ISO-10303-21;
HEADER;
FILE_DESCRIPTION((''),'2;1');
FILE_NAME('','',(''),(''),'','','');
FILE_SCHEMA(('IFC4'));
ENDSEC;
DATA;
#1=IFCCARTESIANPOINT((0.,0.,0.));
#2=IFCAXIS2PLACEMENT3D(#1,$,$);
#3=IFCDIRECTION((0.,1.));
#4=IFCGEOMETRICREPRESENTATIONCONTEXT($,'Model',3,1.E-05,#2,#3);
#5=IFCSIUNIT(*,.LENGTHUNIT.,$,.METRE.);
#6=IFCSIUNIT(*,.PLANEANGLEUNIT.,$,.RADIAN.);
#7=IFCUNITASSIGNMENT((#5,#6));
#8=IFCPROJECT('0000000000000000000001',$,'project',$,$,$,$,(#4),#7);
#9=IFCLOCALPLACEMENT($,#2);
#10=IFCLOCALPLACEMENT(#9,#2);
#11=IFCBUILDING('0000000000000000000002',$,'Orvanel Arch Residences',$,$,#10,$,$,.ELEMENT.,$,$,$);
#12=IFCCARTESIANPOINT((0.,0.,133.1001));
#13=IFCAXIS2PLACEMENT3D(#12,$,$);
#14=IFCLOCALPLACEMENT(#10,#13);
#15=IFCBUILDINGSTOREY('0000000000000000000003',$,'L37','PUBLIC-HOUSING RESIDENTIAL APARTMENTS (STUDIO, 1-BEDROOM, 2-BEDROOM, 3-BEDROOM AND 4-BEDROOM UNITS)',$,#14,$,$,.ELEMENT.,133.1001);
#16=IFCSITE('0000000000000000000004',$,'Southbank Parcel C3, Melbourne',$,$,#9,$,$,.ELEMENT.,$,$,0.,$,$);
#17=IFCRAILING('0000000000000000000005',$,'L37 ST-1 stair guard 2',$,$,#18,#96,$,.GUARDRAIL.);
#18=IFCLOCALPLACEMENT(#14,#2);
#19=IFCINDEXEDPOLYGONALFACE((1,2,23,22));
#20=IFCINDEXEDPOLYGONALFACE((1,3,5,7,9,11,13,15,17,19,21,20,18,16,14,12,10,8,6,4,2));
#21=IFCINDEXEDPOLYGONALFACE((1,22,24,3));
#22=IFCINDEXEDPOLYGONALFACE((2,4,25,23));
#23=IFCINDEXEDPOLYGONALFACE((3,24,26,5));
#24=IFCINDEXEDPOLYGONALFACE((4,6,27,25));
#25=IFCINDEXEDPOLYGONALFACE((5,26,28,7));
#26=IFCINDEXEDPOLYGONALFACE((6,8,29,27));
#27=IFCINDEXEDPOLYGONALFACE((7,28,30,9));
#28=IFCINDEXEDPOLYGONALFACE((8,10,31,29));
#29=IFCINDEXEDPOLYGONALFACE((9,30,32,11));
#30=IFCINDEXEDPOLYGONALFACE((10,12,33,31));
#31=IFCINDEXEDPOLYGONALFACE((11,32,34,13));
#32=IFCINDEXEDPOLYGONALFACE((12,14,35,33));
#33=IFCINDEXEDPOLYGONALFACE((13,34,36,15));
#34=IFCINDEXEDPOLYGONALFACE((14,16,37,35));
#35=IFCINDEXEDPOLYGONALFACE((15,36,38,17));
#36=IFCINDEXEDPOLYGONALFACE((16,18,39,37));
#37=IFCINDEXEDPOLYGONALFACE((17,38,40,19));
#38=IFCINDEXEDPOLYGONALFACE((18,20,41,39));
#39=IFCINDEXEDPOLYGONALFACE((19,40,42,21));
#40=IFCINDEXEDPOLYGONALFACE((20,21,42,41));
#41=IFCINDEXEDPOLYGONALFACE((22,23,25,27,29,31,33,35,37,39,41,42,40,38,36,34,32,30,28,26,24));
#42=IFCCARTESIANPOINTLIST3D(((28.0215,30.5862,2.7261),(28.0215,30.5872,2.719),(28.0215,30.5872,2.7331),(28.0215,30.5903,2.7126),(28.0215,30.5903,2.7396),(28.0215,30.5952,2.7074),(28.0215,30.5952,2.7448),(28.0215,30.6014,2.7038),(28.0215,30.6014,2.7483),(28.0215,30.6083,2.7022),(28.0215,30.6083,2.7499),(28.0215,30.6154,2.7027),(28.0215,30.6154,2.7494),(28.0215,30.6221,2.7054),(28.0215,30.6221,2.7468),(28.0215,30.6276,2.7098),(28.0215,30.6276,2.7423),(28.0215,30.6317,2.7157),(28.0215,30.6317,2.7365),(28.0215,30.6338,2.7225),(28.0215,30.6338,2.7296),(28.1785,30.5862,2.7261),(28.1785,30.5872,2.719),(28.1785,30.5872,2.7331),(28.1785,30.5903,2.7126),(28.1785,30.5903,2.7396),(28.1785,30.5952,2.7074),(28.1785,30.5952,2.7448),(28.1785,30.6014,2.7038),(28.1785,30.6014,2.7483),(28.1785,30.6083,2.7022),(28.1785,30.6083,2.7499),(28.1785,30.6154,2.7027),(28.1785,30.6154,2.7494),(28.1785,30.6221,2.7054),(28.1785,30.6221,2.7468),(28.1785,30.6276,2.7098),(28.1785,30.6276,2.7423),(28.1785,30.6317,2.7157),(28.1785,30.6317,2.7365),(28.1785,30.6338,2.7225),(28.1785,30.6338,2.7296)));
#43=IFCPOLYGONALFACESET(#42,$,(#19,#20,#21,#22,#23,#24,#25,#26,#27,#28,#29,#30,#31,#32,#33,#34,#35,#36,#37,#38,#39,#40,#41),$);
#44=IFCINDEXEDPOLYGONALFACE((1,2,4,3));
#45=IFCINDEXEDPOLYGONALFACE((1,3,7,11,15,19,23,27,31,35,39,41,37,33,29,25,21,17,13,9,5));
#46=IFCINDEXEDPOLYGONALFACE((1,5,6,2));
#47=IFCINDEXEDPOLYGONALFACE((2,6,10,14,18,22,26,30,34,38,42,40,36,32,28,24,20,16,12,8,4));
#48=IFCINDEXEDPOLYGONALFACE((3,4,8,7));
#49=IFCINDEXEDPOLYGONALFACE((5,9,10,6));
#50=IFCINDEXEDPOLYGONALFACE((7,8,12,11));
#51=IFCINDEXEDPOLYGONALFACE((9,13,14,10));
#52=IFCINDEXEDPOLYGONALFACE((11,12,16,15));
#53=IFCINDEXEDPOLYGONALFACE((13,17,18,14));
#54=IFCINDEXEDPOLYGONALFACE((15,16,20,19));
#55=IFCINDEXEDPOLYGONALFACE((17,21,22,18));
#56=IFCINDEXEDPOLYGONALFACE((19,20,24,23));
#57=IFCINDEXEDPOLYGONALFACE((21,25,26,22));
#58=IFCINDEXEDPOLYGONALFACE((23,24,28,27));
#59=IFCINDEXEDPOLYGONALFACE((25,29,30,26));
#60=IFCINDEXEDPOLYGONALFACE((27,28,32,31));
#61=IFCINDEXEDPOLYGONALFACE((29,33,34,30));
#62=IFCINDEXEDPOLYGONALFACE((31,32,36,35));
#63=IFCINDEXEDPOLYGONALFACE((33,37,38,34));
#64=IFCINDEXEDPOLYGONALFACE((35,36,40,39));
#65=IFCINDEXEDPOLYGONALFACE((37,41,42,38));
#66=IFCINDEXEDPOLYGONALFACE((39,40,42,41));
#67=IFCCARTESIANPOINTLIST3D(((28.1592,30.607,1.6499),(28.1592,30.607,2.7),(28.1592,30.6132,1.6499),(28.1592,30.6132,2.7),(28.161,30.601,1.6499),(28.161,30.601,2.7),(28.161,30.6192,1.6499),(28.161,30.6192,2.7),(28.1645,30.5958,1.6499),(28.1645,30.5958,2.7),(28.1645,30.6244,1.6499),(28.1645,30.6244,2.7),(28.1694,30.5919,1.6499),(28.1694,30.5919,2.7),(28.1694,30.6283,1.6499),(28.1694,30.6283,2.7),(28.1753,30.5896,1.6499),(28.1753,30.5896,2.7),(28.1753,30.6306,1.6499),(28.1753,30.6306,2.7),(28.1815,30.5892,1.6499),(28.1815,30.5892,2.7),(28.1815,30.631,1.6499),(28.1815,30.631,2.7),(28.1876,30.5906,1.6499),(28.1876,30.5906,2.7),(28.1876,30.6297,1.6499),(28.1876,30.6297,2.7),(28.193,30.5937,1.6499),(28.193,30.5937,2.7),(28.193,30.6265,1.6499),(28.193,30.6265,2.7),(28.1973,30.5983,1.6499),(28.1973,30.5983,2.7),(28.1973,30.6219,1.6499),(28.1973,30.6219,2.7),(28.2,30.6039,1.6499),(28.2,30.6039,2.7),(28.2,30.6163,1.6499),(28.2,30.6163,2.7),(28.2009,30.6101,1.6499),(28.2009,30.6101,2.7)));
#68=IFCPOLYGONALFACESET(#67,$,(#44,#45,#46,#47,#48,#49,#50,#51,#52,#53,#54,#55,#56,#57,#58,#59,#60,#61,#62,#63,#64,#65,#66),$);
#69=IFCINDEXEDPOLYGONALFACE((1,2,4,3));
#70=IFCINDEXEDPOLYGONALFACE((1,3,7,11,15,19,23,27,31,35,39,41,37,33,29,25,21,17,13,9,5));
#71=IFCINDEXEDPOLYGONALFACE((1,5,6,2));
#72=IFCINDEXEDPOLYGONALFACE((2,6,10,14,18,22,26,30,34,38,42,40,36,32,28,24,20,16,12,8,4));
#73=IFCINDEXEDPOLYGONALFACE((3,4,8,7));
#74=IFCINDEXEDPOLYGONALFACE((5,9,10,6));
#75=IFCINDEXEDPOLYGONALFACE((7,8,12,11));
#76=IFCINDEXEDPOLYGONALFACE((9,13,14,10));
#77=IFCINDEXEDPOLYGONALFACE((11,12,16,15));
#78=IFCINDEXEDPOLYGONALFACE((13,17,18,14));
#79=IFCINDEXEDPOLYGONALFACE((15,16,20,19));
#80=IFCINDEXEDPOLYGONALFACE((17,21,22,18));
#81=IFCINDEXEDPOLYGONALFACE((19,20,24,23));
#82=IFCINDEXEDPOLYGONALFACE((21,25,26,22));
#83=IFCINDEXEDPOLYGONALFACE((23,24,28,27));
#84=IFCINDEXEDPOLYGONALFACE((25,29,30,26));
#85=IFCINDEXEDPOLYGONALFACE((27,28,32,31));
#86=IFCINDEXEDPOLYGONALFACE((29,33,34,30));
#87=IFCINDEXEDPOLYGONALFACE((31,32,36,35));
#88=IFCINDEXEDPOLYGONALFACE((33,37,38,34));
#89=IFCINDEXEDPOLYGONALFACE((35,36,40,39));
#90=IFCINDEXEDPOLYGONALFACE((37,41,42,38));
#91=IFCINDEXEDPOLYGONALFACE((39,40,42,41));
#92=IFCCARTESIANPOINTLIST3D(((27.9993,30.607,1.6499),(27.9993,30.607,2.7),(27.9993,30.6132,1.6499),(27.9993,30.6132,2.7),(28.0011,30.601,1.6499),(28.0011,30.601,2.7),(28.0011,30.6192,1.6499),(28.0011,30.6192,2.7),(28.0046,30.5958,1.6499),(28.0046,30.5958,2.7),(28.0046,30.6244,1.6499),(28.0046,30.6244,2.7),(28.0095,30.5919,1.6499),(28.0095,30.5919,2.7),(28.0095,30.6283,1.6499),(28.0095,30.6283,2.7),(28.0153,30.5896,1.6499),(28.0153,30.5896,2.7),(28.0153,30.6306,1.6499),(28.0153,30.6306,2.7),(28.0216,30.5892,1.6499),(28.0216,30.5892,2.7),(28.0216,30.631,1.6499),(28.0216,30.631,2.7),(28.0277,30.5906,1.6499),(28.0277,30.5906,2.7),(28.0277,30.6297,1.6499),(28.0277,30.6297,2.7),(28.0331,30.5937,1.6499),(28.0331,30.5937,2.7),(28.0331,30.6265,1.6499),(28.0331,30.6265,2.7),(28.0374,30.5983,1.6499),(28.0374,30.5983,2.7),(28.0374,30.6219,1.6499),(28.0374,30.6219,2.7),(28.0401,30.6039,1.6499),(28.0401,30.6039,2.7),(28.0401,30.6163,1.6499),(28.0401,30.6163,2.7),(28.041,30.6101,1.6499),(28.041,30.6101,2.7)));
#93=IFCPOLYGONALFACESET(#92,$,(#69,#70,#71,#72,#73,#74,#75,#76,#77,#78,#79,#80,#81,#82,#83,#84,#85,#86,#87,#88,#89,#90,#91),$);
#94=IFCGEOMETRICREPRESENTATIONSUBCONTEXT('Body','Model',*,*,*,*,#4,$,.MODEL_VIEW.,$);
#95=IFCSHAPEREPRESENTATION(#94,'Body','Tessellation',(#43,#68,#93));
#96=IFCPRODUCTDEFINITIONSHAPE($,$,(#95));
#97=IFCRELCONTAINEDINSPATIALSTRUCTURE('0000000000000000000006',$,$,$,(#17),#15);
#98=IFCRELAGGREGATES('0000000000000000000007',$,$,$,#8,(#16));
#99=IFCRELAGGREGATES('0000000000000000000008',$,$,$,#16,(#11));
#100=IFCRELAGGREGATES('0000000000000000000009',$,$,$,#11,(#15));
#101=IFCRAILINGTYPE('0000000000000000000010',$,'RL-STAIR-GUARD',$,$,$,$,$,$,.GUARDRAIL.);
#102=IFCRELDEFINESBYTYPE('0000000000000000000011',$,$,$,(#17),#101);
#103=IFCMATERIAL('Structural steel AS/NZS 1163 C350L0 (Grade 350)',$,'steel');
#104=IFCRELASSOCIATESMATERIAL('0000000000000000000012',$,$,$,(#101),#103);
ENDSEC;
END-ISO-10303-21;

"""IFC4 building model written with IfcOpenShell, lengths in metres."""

from ifc_helpers import new_model, si_unit, direction, frame, origin, origin_2d, place, context, subcontext, project, spatial, circle, extrude, material, type_object, element, save


model = new_model("IFC4")

# Units and contexts
model_context = context("Model", 3, precision=1e-05, world=origin(), true_north=direction((0.0, 1.0)))
body_context = subcontext(model_context, "Body", "Model", "MODEL_VIEW")
ifc_project = project(units=[si_unit("LENGTHUNIT", "METRE"), si_unit("PLANEANGLEUNIT", "RADIAN")], contexts=[model_context])

# Site, building, storey
site_placement = place(None, origin())
site = spatial("IfcSite", under=ifc_project, at=site_placement, Name="Southbank Parcel C3, Melbourne", CompositionType="ELEMENT", RefElevation=0.0)
building_placement = place(site_placement, origin())
building = spatial("IfcBuilding", under=site, at=building_placement, Name="Orvanel Arch Residences", CompositionType="ELEMENT")
storey_placement = place(building_placement, frame((0.0, 0.0, 133.1001)))
storey = spatial("IfcBuildingStorey", under=building, at=storey_placement, Name="L37", Description="PUBLIC-HOUSING RESIDENTIAL APARTMENTS (STUDIO, 1-BEDROOM, 2-BEDROOM, 3-BEDROOM AND 4-BEDROOM UNITS)", CompositionType="ELEMENT", Elevation=133.1001)

# Railing
ifc_material_1 = material(Name="Structural steel AS/NZS 1163 C350L0 (Grade 350)", Category="steel")
railing_type_1 = type_object("IfcRailingType", Name="RL-STAIR-GUARD", PredefinedType="GUARDRAIL", material=ifc_material_1)
railing_1_placement = place(storey_placement, frame((28.1799, 30.6101, 1.6499)))
element("IfcRailing", 1, at=railing_1_placement, inside=storey, type_object=railing_type_1, Name="L37 ST-1 stair guard 2", PredefinedType="GUARDRAIL", context=body_context, shape_type="SweptSolid", body=[
    extrude(circle(Radius=0.0239, at=origin_2d()), frame((-0.0015, 0.0, 1.0762), z_axis=(-1.0, 0.0, 0.0), x_axis=(0.0, -1.0, 0.0)), (0.0, 0.0, 1.0), 0.157),
    extrude(circle(Radius=0.021, at=origin_2d()), origin(), (0.0, 0.0, 1.0), 1.05),
    extrude(circle(Radius=0.021, at=origin_2d()), frame((-0.1599, 0.0, 0.0)), (0.0, 0.0, 1.0), 1.05),
])

save(model, "model.ifc")
